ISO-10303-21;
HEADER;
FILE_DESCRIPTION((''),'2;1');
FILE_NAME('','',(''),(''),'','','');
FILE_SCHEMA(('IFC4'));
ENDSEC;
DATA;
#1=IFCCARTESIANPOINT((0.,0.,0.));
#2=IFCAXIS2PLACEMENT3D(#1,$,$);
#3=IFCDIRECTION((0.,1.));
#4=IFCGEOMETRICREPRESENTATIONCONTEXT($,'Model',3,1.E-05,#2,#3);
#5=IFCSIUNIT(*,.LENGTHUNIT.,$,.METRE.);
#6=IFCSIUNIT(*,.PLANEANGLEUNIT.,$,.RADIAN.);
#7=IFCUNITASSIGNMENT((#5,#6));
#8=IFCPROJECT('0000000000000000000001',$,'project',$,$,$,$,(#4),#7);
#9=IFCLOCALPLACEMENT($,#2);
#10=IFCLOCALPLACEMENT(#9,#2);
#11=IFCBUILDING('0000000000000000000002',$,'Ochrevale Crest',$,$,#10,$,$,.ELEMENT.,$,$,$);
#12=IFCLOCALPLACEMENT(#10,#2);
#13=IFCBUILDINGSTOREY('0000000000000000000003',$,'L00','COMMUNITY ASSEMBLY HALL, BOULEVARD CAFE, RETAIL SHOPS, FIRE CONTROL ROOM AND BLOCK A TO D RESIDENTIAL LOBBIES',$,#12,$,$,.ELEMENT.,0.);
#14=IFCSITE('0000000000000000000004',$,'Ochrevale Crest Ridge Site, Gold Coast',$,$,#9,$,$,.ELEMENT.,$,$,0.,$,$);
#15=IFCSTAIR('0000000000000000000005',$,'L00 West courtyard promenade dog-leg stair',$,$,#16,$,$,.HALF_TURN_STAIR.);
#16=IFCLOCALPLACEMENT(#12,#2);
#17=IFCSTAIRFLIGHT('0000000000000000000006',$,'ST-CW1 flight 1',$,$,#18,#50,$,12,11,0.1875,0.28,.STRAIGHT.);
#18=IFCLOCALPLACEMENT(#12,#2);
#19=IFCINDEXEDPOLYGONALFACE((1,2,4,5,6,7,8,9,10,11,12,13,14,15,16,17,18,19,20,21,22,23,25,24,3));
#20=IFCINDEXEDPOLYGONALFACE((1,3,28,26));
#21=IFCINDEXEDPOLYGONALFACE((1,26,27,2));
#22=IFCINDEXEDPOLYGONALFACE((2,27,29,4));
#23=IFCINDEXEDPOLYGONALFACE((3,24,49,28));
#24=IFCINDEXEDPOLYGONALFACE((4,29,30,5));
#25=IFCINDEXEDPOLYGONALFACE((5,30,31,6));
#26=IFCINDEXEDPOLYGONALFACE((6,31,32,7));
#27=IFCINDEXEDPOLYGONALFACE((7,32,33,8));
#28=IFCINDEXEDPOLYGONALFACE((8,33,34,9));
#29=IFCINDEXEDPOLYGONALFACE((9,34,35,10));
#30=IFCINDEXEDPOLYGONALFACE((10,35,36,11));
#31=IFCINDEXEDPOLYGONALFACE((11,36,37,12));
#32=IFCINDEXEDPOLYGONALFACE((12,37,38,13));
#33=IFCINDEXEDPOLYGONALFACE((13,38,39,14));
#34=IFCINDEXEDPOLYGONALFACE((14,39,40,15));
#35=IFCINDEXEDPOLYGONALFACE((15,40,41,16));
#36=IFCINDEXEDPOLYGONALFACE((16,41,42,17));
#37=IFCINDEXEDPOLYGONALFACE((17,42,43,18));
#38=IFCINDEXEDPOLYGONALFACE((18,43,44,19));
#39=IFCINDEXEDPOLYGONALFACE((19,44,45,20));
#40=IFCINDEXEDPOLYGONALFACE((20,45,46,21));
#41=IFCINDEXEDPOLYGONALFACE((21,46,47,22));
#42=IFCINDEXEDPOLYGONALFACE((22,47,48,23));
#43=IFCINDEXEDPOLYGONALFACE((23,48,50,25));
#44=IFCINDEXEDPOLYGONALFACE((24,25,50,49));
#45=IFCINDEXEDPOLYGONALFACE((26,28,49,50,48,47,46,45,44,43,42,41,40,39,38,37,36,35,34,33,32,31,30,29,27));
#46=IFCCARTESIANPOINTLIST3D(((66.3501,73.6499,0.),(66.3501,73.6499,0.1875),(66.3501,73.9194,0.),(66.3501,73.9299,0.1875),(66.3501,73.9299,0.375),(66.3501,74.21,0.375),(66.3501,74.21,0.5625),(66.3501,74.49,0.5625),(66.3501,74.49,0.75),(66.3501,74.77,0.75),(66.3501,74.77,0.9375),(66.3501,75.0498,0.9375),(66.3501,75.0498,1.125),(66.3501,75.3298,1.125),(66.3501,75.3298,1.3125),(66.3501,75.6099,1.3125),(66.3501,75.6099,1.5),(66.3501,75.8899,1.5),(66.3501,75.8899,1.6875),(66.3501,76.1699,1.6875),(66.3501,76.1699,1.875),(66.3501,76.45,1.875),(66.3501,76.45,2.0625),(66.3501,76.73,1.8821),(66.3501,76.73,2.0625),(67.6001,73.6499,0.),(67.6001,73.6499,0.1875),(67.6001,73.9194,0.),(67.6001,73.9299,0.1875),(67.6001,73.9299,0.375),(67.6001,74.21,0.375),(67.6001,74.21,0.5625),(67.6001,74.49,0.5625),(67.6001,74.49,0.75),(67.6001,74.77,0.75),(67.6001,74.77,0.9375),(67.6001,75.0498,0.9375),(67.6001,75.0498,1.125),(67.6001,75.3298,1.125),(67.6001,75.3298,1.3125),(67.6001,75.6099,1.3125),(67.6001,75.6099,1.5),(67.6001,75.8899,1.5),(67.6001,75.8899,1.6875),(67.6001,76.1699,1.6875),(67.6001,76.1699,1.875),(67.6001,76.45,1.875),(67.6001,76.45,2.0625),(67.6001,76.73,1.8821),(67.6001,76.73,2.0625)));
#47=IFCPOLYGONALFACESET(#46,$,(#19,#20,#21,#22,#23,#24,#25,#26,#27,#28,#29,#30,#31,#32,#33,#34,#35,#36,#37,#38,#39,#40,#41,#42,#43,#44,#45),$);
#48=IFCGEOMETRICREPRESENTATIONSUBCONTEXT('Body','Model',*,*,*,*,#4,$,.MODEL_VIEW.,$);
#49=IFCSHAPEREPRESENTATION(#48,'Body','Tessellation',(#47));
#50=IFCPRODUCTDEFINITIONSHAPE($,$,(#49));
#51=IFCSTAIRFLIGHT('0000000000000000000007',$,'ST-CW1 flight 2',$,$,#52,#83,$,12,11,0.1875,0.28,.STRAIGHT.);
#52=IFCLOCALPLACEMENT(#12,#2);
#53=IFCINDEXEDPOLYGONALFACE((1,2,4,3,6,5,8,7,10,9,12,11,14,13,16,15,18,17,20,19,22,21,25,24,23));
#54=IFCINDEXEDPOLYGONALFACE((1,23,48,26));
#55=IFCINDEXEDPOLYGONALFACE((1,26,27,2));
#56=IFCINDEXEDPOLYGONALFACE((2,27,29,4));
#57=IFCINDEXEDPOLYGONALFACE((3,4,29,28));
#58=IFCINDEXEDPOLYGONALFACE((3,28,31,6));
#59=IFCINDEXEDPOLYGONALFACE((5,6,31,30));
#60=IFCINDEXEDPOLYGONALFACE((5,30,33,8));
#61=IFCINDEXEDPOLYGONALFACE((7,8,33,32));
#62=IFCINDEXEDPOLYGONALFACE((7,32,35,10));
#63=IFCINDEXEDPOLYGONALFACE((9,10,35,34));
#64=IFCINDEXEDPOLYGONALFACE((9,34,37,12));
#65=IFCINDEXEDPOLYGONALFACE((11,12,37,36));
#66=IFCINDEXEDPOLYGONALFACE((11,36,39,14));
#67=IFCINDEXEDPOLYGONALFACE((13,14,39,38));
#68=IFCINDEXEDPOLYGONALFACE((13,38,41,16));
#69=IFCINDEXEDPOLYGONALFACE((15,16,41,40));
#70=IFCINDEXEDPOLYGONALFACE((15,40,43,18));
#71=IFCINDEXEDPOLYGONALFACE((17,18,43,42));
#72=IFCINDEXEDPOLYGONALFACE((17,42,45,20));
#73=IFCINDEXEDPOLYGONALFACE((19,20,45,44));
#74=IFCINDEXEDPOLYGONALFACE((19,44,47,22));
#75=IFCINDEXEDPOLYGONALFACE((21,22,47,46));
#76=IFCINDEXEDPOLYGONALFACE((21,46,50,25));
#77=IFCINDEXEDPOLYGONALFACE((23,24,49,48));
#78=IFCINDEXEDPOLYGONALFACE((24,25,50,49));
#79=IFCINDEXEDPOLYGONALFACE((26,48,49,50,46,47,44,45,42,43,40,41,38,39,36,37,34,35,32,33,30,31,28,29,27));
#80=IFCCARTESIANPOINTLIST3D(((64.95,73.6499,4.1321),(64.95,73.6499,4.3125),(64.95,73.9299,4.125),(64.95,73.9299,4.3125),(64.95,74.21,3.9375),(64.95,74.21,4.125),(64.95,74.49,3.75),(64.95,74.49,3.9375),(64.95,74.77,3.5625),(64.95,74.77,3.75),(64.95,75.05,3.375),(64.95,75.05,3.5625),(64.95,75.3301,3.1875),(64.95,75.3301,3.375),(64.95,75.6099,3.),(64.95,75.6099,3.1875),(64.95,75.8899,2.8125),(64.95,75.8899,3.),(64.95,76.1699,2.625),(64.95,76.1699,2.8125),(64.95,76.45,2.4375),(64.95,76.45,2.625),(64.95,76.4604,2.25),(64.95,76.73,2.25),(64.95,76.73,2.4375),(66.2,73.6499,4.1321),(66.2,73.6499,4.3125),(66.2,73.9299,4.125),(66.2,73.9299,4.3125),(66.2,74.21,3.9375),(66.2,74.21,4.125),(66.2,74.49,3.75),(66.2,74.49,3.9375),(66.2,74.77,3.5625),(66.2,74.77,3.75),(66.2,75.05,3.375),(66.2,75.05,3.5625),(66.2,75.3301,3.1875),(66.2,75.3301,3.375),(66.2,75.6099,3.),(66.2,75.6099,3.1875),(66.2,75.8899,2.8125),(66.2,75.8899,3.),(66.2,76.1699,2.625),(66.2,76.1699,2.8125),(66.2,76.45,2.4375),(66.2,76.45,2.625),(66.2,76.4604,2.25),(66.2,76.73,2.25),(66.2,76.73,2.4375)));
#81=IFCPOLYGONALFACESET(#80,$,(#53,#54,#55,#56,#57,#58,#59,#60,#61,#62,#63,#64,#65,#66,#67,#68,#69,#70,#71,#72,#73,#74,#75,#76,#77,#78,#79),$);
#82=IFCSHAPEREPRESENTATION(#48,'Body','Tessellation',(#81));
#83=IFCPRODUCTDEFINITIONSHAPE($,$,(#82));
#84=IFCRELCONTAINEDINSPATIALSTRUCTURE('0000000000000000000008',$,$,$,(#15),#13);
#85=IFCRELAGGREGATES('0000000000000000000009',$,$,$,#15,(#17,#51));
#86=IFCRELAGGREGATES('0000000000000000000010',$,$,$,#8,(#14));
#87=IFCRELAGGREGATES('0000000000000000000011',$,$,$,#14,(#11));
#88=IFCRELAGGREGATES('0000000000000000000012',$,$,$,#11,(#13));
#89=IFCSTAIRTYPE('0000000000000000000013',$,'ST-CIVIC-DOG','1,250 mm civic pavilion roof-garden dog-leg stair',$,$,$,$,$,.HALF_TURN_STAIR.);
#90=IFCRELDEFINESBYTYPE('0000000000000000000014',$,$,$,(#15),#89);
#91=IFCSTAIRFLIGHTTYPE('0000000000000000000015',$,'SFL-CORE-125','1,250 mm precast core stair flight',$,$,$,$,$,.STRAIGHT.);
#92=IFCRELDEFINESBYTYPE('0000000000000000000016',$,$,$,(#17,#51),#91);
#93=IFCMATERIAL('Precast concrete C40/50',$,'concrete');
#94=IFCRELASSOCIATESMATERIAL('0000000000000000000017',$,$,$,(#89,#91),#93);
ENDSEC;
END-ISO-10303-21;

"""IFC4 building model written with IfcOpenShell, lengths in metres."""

from ifc_helpers import new_model, si_unit, direction, frame, origin, place, context, subcontext, project, spatial, polyline, outline, extrude, material, type_object, element, aggregate, save


model = new_model("IFC4")

# Units and contexts
model_context = context("Model", 3, precision=1e-05, world=origin(), true_north=direction((0.0, 1.0)))
body_context = subcontext(model_context, "Body", "Model", "MODEL_VIEW")
ifc_project = project(units=[si_unit("LENGTHUNIT", "METRE"), si_unit("PLANEANGLEUNIT", "RADIAN")], contexts=[model_context])

# Site, building, storey
site_placement = place(None, origin())
site = spatial("IfcSite", under=ifc_project, at=site_placement, Name="Ochrevale Crest Ridge Site, Gold Coast", CompositionType="ELEMENT", RefElevation=0.0)
building_placement = place(site_placement, origin())
building = spatial("IfcBuilding", under=site, at=building_placement, Name="Ochrevale Crest", CompositionType="ELEMENT")
storey_placement = place(building_placement, origin())
storey = spatial("IfcBuildingStorey", under=building, at=storey_placement, Name="L00", Description="COMMUNITY ASSEMBLY HALL, BOULEVARD CAFE, RETAIL SHOPS, FIRE CONTROL ROOM AND BLOCK A TO D RESIDENTIAL LOBBIES", CompositionType="ELEMENT", Elevation=0.0)

# Stair, stair flights
ifc_material_1 = material(Name="Precast concrete C40/50", Category="concrete")
stair_type = type_object("IfcStairType", Name="ST-CIVIC-DOG", Description="1,250 mm civic pavilion roof-garden dog-leg stair", PredefinedType="HALF_TURN_STAIR", material=ifc_material_1)
stair_placement = place(storey_placement, origin())
stair = element("IfcStair", 1, at=stair_placement, inside=storey, type_object=stair_type, Name="L00 West courtyard promenade dog-leg stair", PredefinedType="HALF_TURN_STAIR")
stair_flight_type = type_object("IfcStairFlightType", Name="SFL-CORE-125", Description="1,250 mm precast core stair flight", PredefinedType="STRAIGHT", material=ifc_material_1)
stair_flight_1_placement = place(storey_placement, frame((66.9751, 73.6499, 0.0), z_axis=(0.0, 0.0, 1.0), x_axis=(0.0, 1.0, 0.0)))
stair_flight_1 = element("IfcStairFlight", 2, at=stair_flight_1_placement, type_object=stair_flight_type, Name="ST-CW1 flight 1", NumberOfRisers=12, NumberOfTreads=11, PredefinedType="STRAIGHT", RiserHeight=0.1875, TreadLength=0.28, context=body_context, shape_type="SweptSolid", body=[
    extrude(outline(polyline([(0.0, 0.0), (0.0, 0.1875), (0.28, 0.1875), (0.28, 0.375), (0.5601, 0.375), (0.5601, 0.5625), (0.8401, 0.5625), (0.8401, 0.75), (1.1201, 0.75), (1.1201, 0.9375), (1.3999, 0.9375), (1.3999, 1.125), (1.6799, 1.125), (1.6799, 1.3125), (1.96, 1.3125), (1.96, 1.5), (2.24, 1.5), (2.24, 1.6875), (2.52, 1.6875), (2.52, 1.875), (2.8, 1.875), (2.8, 2.0625), (3.0801, 2.0625), (3.0801, 2.25), (3.0801, 1.8821), (0.2695, 0.0), (0.0, 0.0)])), frame((0.0, 0.625, 0.0), z_axis=(0.0, -1.0, 0.0), x_axis=(1.0, 0.0, 0.0)), (0.0, 0.0, 1.0), 1.25),
])
stair_flight_2_placement = place(storey_placement, frame((65.575, 76.73, 2.25), z_axis=(0.0, 0.0, 1.0), x_axis=(0.0, -1.0, 0.0)))
stair_flight_2 = element("IfcStairFlight", 3, at=stair_flight_2_placement, type_object=stair_flight_type, Name="ST-CW1 flight 2", NumberOfRisers=12, NumberOfTreads=11, PredefinedType="STRAIGHT", RiserHeight=0.1875, TreadLength=0.28, context=body_context, shape_type="SweptSolid", body=[
    extrude(outline(polyline([(0.0, 0.0), (0.0, 0.1875), (0.28, 0.1875), (0.28, 0.375), (0.5601, 0.375), (0.5601, 0.5625), (0.8401, 0.5625), (0.8401, 0.75), (1.1201, 0.75), (1.1201, 0.9375), (1.3999, 0.9375), (1.3999, 1.125), (1.6799, 1.125), (1.6799, 1.3125), (1.96, 1.3125), (1.96, 1.5), (2.24, 1.5), (2.24, 1.6875), (2.52, 1.6875), (2.52, 1.875), (2.8, 1.875), (2.8, 2.0625), (3.0801, 2.0625), (3.0801, 2.25), (3.0801, 1.8821), (0.2695, 0.0), (0.0, 0.0)])), frame((0.0, 0.625, 0.0), z_axis=(0.0, -1.0, 0.0), x_axis=(1.0, 0.0, 0.0)), (0.0, 0.0, 1.0), 1.25),
])
aggregate(stair, [stair_flight_1, stair_flight_2])

save(model, "model.ifc")
